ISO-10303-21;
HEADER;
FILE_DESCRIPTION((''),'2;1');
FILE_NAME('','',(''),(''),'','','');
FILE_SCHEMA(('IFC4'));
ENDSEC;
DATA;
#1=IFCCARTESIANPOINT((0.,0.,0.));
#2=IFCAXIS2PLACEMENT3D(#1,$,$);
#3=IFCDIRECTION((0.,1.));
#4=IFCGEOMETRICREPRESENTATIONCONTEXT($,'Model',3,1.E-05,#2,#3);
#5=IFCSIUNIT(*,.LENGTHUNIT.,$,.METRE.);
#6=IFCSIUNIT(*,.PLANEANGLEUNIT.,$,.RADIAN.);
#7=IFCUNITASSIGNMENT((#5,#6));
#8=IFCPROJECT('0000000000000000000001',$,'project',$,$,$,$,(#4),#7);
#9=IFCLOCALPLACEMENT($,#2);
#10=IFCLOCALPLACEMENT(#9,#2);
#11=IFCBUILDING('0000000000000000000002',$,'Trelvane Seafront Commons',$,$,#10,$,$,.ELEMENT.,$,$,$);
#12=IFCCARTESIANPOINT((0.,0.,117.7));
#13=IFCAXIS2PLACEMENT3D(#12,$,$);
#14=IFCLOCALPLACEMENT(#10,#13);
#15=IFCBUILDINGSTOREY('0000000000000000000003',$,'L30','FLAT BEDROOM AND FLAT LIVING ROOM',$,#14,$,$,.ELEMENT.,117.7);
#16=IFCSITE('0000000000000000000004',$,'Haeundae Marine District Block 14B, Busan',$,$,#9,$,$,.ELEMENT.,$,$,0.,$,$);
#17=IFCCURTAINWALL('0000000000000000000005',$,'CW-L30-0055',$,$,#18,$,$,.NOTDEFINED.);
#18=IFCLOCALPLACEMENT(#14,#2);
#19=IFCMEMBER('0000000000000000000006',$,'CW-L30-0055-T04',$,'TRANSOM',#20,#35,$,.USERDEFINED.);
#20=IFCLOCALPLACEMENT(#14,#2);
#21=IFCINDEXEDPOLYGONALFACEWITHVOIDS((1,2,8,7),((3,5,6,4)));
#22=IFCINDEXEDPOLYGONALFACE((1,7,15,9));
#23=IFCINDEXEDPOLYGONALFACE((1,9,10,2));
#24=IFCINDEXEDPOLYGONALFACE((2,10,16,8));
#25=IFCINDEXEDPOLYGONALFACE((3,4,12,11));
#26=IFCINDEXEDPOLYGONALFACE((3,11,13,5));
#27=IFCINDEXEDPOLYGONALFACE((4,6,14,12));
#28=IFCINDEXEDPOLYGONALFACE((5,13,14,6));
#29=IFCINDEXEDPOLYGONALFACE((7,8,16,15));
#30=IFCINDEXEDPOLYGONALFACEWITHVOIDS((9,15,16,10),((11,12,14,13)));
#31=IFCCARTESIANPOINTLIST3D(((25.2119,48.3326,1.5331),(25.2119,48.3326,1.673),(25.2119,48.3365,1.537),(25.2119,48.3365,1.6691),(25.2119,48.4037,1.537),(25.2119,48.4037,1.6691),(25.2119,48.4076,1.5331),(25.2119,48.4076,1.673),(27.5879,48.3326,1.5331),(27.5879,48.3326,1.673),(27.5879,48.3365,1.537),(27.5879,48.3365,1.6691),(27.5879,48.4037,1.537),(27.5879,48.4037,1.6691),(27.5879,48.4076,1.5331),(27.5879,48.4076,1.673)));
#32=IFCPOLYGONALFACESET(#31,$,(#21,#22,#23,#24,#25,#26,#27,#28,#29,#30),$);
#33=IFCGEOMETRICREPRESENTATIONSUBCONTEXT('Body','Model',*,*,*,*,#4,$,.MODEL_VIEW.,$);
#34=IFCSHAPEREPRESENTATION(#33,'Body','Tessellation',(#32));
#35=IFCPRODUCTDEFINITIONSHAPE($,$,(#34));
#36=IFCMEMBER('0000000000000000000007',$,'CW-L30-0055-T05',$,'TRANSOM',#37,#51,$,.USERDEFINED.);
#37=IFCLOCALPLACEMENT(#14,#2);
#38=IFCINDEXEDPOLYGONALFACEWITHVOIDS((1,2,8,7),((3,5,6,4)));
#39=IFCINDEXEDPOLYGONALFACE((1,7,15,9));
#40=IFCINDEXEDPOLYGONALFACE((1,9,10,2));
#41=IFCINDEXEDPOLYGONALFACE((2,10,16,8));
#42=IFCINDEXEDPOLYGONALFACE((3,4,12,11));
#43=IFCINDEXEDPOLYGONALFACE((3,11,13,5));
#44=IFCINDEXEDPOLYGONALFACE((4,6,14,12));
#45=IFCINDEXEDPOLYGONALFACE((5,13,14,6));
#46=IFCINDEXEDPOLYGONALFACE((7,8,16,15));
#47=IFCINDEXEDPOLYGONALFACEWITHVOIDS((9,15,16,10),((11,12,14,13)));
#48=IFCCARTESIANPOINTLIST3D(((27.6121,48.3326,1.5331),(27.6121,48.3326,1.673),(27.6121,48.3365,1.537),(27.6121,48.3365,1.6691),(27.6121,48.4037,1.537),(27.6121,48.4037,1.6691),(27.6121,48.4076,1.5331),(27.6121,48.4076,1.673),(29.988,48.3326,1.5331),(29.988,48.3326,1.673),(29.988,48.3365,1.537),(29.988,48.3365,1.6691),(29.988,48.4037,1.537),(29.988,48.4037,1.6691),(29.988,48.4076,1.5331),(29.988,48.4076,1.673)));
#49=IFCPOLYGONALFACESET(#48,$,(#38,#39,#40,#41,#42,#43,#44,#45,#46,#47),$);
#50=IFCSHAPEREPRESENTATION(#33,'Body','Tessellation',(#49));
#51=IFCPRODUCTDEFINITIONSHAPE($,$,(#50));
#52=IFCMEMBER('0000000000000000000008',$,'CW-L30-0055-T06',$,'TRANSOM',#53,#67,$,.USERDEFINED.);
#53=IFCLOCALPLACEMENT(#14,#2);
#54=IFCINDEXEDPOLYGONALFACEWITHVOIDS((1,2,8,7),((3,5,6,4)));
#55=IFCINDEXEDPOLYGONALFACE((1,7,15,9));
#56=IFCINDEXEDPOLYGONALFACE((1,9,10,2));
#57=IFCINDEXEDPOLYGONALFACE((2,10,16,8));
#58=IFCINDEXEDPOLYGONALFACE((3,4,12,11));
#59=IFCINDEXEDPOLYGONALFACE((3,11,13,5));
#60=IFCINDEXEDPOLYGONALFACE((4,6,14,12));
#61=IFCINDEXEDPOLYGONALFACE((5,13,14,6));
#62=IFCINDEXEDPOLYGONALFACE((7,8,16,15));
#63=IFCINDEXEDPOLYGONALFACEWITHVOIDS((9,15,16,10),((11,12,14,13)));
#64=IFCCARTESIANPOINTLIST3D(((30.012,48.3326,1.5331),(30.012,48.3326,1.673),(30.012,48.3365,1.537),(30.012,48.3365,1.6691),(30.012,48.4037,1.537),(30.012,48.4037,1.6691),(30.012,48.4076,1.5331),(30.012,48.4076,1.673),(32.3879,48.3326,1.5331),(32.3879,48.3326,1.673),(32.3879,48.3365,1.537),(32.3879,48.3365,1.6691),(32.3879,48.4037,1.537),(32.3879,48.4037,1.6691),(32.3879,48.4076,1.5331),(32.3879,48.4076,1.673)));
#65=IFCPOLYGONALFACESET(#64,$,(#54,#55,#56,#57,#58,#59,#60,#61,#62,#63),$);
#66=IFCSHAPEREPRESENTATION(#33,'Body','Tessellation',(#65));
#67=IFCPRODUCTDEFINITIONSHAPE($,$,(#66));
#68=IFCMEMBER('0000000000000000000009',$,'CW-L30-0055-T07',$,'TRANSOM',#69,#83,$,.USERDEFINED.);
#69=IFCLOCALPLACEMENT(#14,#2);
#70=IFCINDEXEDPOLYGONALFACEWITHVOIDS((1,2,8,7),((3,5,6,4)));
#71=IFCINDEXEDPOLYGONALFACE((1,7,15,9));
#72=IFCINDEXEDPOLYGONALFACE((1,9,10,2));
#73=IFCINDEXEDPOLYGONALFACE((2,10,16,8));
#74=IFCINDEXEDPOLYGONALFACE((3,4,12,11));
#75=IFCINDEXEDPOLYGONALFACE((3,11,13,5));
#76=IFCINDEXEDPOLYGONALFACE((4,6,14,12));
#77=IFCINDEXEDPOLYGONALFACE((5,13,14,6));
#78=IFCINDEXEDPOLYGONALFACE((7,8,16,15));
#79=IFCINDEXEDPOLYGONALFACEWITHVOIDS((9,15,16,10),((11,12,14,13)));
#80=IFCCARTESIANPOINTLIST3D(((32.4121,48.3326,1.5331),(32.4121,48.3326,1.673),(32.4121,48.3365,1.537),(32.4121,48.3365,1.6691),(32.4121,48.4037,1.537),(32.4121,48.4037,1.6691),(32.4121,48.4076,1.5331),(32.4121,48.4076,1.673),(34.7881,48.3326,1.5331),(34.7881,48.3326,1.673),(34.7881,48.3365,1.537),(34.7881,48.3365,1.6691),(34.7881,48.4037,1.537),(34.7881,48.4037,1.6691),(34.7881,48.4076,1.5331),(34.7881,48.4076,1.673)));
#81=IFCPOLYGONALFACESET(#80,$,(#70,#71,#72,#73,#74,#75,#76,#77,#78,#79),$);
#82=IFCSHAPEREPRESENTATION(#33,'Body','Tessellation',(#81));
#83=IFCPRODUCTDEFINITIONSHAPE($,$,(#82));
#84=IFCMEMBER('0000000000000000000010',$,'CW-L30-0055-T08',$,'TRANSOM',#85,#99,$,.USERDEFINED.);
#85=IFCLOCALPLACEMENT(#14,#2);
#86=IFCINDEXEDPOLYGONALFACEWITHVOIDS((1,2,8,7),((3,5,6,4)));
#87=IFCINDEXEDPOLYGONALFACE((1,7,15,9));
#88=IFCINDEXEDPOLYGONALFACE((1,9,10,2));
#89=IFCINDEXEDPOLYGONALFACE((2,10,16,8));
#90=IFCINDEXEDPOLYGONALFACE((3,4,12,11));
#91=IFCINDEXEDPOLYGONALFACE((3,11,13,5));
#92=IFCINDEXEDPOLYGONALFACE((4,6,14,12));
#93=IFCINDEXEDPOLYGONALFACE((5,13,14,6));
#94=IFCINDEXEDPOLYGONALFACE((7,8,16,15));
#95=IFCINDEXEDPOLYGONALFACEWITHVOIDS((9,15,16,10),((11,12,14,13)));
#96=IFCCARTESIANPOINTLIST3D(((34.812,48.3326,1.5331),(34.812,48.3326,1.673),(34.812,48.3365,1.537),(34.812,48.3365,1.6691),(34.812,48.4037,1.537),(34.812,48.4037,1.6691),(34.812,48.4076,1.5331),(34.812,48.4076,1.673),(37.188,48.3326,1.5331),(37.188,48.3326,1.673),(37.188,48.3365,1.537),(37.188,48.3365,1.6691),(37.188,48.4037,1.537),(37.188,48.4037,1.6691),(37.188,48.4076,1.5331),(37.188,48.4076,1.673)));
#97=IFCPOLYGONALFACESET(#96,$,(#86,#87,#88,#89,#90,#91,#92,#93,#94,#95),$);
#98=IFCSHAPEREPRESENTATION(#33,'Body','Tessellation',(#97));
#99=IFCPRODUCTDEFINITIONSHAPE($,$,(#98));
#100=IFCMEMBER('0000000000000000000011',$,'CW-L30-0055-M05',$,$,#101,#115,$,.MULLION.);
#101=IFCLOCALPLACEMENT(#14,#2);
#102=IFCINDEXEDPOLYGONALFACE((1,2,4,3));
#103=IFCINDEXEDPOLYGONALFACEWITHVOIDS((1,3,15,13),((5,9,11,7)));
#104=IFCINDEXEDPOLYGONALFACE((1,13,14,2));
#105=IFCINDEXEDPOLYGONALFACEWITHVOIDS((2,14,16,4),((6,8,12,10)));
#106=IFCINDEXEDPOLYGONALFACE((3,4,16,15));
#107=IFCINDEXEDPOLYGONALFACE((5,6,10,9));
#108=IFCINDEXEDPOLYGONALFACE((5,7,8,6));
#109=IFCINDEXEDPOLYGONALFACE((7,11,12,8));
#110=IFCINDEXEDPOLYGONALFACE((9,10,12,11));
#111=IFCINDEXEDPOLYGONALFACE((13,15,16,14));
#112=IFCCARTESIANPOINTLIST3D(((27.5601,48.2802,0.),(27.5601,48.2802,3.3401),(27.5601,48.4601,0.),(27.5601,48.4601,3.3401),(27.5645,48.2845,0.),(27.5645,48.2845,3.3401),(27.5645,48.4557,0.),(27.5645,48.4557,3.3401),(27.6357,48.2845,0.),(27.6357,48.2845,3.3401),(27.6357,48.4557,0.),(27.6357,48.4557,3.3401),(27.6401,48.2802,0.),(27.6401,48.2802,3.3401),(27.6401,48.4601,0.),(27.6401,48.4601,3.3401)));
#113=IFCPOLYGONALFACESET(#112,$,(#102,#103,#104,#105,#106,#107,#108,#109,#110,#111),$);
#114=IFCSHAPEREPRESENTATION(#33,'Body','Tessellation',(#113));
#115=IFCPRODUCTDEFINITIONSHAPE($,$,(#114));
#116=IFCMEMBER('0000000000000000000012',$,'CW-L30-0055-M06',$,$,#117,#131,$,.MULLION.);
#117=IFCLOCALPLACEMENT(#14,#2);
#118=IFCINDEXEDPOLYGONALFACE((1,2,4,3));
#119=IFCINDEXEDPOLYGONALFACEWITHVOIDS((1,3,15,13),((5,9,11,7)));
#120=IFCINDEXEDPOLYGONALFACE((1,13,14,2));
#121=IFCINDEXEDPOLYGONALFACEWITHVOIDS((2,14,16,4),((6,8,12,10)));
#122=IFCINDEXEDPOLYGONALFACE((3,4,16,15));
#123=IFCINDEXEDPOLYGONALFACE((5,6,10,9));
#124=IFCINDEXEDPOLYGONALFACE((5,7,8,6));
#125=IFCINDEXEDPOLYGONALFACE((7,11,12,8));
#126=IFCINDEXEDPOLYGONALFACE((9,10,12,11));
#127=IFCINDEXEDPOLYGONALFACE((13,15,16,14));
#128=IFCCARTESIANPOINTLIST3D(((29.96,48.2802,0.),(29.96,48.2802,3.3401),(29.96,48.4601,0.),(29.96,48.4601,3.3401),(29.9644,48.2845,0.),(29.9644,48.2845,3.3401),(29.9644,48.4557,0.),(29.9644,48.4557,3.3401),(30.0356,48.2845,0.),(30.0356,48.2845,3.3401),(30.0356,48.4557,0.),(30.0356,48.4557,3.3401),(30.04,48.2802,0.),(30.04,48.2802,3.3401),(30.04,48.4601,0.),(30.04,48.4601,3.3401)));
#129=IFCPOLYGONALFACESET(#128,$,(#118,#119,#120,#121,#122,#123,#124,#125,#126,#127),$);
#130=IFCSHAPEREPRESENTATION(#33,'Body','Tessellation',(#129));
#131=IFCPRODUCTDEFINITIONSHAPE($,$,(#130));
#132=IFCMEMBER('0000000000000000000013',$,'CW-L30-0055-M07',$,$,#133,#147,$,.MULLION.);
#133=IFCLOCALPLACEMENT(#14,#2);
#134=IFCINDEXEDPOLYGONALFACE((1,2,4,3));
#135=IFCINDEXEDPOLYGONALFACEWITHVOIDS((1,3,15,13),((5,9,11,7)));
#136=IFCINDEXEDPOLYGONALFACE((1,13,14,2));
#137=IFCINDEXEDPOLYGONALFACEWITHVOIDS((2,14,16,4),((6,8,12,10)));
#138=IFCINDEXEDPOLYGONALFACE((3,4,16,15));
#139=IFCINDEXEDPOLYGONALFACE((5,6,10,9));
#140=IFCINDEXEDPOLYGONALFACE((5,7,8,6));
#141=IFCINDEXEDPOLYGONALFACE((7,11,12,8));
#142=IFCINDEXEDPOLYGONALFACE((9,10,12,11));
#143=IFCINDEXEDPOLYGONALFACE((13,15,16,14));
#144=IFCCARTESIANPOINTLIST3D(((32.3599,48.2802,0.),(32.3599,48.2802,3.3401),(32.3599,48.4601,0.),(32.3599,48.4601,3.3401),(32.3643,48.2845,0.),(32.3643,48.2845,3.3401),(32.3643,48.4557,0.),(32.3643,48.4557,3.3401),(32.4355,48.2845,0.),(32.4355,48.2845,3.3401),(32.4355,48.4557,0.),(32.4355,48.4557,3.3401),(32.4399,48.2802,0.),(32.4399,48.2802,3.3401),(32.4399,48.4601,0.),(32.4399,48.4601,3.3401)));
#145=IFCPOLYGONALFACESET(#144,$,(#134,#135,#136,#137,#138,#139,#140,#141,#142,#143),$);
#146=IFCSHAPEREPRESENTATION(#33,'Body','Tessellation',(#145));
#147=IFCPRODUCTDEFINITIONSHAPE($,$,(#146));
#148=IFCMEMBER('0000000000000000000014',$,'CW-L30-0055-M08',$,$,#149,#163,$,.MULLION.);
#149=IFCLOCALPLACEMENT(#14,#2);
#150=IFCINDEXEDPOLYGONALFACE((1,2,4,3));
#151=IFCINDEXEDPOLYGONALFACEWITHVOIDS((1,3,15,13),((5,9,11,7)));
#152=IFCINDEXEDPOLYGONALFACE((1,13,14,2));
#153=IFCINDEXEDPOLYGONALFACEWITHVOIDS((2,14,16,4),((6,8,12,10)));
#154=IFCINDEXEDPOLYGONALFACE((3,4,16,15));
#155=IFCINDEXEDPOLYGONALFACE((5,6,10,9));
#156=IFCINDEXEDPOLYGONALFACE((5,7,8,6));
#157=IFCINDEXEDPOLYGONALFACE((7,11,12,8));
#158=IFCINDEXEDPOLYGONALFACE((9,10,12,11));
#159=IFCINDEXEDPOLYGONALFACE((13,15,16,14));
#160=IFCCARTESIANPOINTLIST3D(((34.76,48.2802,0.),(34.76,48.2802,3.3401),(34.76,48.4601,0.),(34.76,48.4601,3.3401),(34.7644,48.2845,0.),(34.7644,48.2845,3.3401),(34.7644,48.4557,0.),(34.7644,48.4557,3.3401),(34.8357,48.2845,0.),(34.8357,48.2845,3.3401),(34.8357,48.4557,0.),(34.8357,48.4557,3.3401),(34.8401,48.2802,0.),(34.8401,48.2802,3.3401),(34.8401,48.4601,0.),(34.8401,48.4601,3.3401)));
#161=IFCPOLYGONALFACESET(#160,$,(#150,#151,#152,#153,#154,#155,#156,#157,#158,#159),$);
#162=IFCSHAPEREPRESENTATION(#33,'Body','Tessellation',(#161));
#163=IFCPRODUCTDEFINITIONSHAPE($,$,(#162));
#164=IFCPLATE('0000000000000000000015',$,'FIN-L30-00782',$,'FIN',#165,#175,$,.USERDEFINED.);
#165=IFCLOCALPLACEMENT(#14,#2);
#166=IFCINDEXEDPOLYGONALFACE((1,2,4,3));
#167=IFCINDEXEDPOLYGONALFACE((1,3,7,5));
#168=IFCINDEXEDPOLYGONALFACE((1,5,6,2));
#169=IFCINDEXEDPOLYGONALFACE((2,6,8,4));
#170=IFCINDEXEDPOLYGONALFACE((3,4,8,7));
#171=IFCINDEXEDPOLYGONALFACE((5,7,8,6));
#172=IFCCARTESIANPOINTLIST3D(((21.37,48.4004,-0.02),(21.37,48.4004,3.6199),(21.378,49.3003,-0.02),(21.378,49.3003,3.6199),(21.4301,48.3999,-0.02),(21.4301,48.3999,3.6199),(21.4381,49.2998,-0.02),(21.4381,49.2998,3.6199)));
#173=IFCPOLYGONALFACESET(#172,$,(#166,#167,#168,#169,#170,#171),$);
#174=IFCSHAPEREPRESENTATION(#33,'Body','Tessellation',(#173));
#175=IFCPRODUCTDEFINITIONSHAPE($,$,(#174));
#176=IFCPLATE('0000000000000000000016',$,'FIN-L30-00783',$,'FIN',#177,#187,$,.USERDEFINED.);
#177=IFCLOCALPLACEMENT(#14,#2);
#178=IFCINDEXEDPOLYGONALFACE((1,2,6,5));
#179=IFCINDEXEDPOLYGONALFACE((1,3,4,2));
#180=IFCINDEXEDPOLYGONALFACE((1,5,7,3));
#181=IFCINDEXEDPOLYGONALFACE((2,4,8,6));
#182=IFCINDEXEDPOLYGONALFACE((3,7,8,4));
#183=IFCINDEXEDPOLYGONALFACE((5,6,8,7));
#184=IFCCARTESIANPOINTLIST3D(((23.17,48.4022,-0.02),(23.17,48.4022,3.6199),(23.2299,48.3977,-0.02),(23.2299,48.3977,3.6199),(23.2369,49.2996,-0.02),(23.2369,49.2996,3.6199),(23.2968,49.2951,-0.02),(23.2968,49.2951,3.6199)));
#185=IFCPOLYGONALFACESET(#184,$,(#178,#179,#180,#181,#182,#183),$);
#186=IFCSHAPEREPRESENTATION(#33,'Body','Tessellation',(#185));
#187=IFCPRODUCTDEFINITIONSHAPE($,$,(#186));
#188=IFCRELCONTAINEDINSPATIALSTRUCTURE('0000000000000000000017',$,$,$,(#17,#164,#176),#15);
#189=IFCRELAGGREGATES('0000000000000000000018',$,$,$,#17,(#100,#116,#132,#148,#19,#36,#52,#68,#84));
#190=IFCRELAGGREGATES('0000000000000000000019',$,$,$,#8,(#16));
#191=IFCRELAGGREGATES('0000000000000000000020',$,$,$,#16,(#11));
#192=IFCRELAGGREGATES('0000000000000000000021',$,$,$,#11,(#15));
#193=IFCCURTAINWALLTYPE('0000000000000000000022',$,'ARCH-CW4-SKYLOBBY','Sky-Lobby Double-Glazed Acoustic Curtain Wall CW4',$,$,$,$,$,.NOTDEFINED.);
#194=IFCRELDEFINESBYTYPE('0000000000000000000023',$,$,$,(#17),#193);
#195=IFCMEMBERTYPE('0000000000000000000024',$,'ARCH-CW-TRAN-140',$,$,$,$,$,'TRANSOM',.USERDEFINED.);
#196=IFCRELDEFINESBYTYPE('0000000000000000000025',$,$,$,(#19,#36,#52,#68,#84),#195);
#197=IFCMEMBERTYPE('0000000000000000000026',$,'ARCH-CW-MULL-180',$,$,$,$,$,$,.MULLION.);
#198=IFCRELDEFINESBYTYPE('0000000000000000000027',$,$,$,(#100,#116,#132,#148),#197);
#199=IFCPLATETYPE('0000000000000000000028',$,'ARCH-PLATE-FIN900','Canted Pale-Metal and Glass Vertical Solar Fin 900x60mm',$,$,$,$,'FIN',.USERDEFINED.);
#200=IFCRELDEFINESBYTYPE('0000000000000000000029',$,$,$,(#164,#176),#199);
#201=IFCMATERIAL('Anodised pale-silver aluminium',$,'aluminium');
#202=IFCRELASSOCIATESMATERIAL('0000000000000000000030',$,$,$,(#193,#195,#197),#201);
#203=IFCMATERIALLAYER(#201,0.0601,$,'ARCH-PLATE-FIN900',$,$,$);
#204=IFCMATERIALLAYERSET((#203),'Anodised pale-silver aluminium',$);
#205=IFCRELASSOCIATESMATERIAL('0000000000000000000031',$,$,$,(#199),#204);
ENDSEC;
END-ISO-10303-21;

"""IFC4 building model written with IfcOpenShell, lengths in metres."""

from ifc_helpers import new_model, si_unit, direction, frame, origin, origin_2d, place, context, subcontext, project, spatial, rectangle, hollow_rectangle, extrude, source, transform, mapped, material, layer, layer_set, material_profile, profile_set, type_object, element, aggregate, save


model = new_model("IFC4")

# Units and contexts
model_context = context("Model", 3, precision=1e-05, world=origin(), true_north=direction((0.0, 1.0)))
body_context = subcontext(model_context, "Body", "Model", "MODEL_VIEW")
ifc_project = project(units=[si_unit("LENGTHUNIT", "METRE"), si_unit("PLANEANGLEUNIT", "RADIAN")], contexts=[model_context])

# Site, building, storey
site_placement = place(None, origin())
site = spatial("IfcSite", under=ifc_project, at=site_placement, Name="Haeundae Marine District Block 14B, Busan", CompositionType="ELEMENT", RefElevation=0.0)
building_placement = place(site_placement, origin())
building = spatial("IfcBuilding", under=site, at=building_placement, Name="Trelvane Seafront Commons", CompositionType="ELEMENT")
storey_placement = place(building_placement, frame((0.0, 0.0, 117.7)))
storey = spatial("IfcBuildingStorey", under=building, at=storey_placement, Name="L30", Description="FLAT BEDROOM AND FLAT LIVING ROOM", CompositionType="ELEMENT", Elevation=117.7)

# Curtain wall, members
ifc_material_1 = material(Name="Anodised pale-silver aluminium", Category="aluminium")
curtain_wall_type = type_object("IfcCurtainWallType", Name="ARCH-CW4-SKYLOBBY", Description="Sky-Lobby Double-Glazed Acoustic Curtain Wall CW4", PredefinedType="NOTDEFINED", material=ifc_material_1)
curtain_wall_placement = place(storey_placement, origin())
curtain_wall = element("IfcCurtainWall", 1, at=curtain_wall_placement, inside=storey, type_object=curtain_wall_type, Name="CW-L30-0055", PredefinedType="NOTDEFINED")
ifc_material_profile_1 = material_profile(ifc_material_1, hollow_rectangle(XDim=0.075, YDim=0.1399, WallThickness=0.0039, at=origin_2d()), Name="TRAN-75x140x4")
ifc_profile_set_1 = profile_set([ifc_material_profile_1], Name="Anodised pale-silver aluminium")
member_type_1 = type_object("IfcMemberType", Name="ARCH-CW-TRAN-140", ElementType="TRANSOM", PredefinedType="USERDEFINED", material=ifc_profile_set_1)
shared_shape_1 = source(origin(), body_context, "Body", "SweptSolid", [
    extrude(hollow_rectangle(XDim=0.075, YDim=0.1399, WallThickness=0.0039, at=origin_2d()), origin(), (0.0, 0.0, 1.0), 2.376),
])
member_1_placement = place(storey_placement, frame((25.2119, 48.3701, 1.603), z_axis=(1.0, 0.0, 0.0), x_axis=(0.0, 1.0, 0.0)))
member_1 = element("IfcMember", 2, at=member_1_placement, type_object=member_type_1, Name="CW-L30-0055-T04", ObjectType="TRANSOM", PredefinedType="USERDEFINED", context=body_context, shape_type="MappedRepresentation", body=[
    mapped(shared_shape_1, transform((0.0, 0.0, 0.0), x_axis=(1.0, 0.0, 0.0), y_axis=(0.0, 1.0, 0.0), z_axis=(0.0, 0.0, 1.0), scale=1.0)),
])
member_2_placement = place(storey_placement, frame((27.6121, 48.3701, 1.603), z_axis=(1.0, 0.0, 0.0), x_axis=(0.0, 1.0, 0.0)))
member_2 = element("IfcMember", 3, at=member_2_placement, type_object=member_type_1, Name="CW-L30-0055-T05", ObjectType="TRANSOM", PredefinedType="USERDEFINED", context=body_context, shape_type="MappedRepresentation", body=[
    mapped(shared_shape_1, transform((0.0, 0.0, 0.0), x_axis=(1.0, 0.0, 0.0), y_axis=(0.0, 1.0, 0.0), z_axis=(0.0, 0.0, 1.0), scale=1.0)),
])
member_3_placement = place(storey_placement, frame((30.012, 48.3701, 1.603), z_axis=(1.0, 0.0, 0.0), x_axis=(0.0, 1.0, 0.0)))
member_3 = element("IfcMember", 4, at=member_3_placement, type_object=member_type_1, Name="CW-L30-0055-T06", ObjectType="TRANSOM", PredefinedType="USERDEFINED", context=body_context, shape_type="MappedRepresentation", body=[
    mapped(shared_shape_1, transform((0.0, 0.0, 0.0), x_axis=(1.0, 0.0, 0.0), y_axis=(0.0, 1.0, 0.0), z_axis=(0.0, 0.0, 1.0), scale=1.0)),
])
member_4_placement = place(storey_placement, frame((32.4121, 48.3701, 1.603), z_axis=(1.0, 0.0, 0.0), x_axis=(0.0, 1.0, 0.0)))
member_4 = element("IfcMember", 5, at=member_4_placement, type_object=member_type_1, Name="CW-L30-0055-T07", ObjectType="TRANSOM", PredefinedType="USERDEFINED", context=body_context, shape_type="MappedRepresentation", body=[
    mapped(shared_shape_1, transform((0.0, 0.0, 0.0), x_axis=(1.0, 0.0, 0.0), y_axis=(0.0, 1.0, 0.0), z_axis=(0.0, 0.0, 1.0), scale=1.0)),
])
member_5_placement = place(storey_placement, frame((34.812, 48.3701, 1.603), z_axis=(1.0, 0.0, 0.0), x_axis=(0.0, 1.0, 0.0)))
member_5 = element("IfcMember", 6, at=member_5_placement, type_object=member_type_1, Name="CW-L30-0055-T08", ObjectType="TRANSOM", PredefinedType="USERDEFINED", context=body_context, shape_type="MappedRepresentation", body=[
    mapped(shared_shape_1, transform((0.0, 0.0, 0.0), x_axis=(1.0, 0.0, 0.0), y_axis=(0.0, 1.0, 0.0), z_axis=(0.0, 0.0, 1.0), scale=1.0)),
])
ifc_material_profile_2 = material_profile(ifc_material_1, hollow_rectangle(XDim=0.0801, YDim=0.1799, WallThickness=0.0044, at=origin_2d()), Name="MULL-80x180x4.5")
ifc_profile_set_2 = profile_set([ifc_material_profile_2], Name="Anodised pale-silver aluminium")
member_type_2 = type_object("IfcMemberType", Name="ARCH-CW-MULL-180", PredefinedType="MULLION", material=ifc_profile_set_2)
shared_shape_2 = source(origin(), body_context, "Body", "SweptSolid", [
    extrude(hollow_rectangle(XDim=0.0801, YDim=0.1799, WallThickness=0.0044, at=origin_2d()), origin(), (0.0, 0.0, 1.0), 3.3401),
])
member_6_placement = place(storey_placement, frame((27.6001, 48.3701, 0.0), z_axis=(0.0, 0.0, 1.0), x_axis=(1.0, 0.0, 0.0)))
member_6 = element("IfcMember", 7, at=member_6_placement, type_object=member_type_2, Name="CW-L30-0055-M05", PredefinedType="MULLION", context=body_context, shape_type="MappedRepresentation", body=[
    mapped(shared_shape_2, transform((0.0, 0.0, 0.0), x_axis=(1.0, 0.0, 0.0), y_axis=(0.0, 1.0, 0.0), z_axis=(0.0, 0.0, 1.0), scale=1.0)),
])
member_7_placement = place(storey_placement, frame((30.0, 48.3701, 0.0), z_axis=(0.0, 0.0, 1.0), x_axis=(1.0, 0.0, 0.0)))
member_7 = element("IfcMember", 8, at=member_7_placement, type_object=member_type_2, Name="CW-L30-0055-M06", PredefinedType="MULLION", context=body_context, shape_type="MappedRepresentation", body=[
    mapped(shared_shape_2, transform((0.0, 0.0, 0.0), x_axis=(1.0, 0.0, 0.0), y_axis=(0.0, 1.0, 0.0), z_axis=(0.0, 0.0, 1.0), scale=1.0)),
])
member_8_placement = place(storey_placement, frame((32.3999, 48.3701, 0.0), z_axis=(0.0, 0.0, 1.0), x_axis=(1.0, 0.0, 0.0)))
member_8 = element("IfcMember", 9, at=member_8_placement, type_object=member_type_2, Name="CW-L30-0055-M07", PredefinedType="MULLION", context=body_context, shape_type="MappedRepresentation", body=[
    mapped(shared_shape_2, transform((0.0, 0.0, 0.0), x_axis=(1.0, 0.0, 0.0), y_axis=(0.0, 1.0, 0.0), z_axis=(0.0, 0.0, 1.0), scale=1.0)),
])
member_9_placement = place(storey_placement, frame((34.8, 48.3701, 0.0), z_axis=(0.0, 0.0, 1.0), x_axis=(1.0, 0.0, 0.0)))
member_9 = element("IfcMember", 10, at=member_9_placement, type_object=member_type_2, Name="CW-L30-0055-M08", PredefinedType="MULLION", context=body_context, shape_type="MappedRepresentation", body=[
    mapped(shared_shape_2, transform((0.0, 0.0, 0.0), x_axis=(1.0, 0.0, 0.0), y_axis=(0.0, 1.0, 0.0), z_axis=(0.0, 0.0, 1.0), scale=1.0)),
])

# Plates
ifc_layer_1 = layer(ifc_material_1, 0.0601, Name="ARCH-PLATE-FIN900")
ifc_layer_set_1 = layer_set([ifc_layer_1], Name="Anodised pale-silver aluminium")
plate_type_1 = type_object("IfcPlateType", Name="ARCH-PLATE-FIN900", Description="Canted Pale-Metal and Glass Vertical Solar Fin 900x60mm", ElementType="FIN", PredefinedType="USERDEFINED", material=ifc_layer_set_1)
shared_shape_3 = source(origin(), body_context, "Body", "SweptSolid", [
    extrude(rectangle(XDim=0.8999, YDim=0.0601, at=origin_2d()), origin(), (0.0, 0.0, 1.0), 3.6399),
])
for number, where, z_axis, x_axis, name in (
    (11, (21.4041, 48.8501, -0.02), (0.0, 0.0, 1.0), (0.008889, 0.99996, 0.0), "FIN-L30-00782"),
    (12, (23.2334, 48.8486, -0.02), (0.0, 0.0, 1.0), (0.074335, 0.997233, 0.0), "FIN-L30-00783"),
):
    element("IfcPlate", number, at=place(storey_placement, frame(where, z_axis=z_axis, x_axis=x_axis)), inside=storey, type_object=plate_type_1, Name=name, ObjectType="FIN", PredefinedType="USERDEFINED", context=body_context, shape_type="MappedRepresentation", body=[
        mapped(shared_shape_3, transform((0.0, 0.0, 0.0), x_axis=(1.0, 0.0, 0.0), y_axis=(0.0, 1.0, 0.0), z_axis=(0.0, 0.0, 1.0), scale=1.0)),
    ])

aggregate(curtain_wall, [member_6, member_7, member_8, member_9, member_1, member_2, member_3, member_4, member_5])

save(model, "model.ifc")
